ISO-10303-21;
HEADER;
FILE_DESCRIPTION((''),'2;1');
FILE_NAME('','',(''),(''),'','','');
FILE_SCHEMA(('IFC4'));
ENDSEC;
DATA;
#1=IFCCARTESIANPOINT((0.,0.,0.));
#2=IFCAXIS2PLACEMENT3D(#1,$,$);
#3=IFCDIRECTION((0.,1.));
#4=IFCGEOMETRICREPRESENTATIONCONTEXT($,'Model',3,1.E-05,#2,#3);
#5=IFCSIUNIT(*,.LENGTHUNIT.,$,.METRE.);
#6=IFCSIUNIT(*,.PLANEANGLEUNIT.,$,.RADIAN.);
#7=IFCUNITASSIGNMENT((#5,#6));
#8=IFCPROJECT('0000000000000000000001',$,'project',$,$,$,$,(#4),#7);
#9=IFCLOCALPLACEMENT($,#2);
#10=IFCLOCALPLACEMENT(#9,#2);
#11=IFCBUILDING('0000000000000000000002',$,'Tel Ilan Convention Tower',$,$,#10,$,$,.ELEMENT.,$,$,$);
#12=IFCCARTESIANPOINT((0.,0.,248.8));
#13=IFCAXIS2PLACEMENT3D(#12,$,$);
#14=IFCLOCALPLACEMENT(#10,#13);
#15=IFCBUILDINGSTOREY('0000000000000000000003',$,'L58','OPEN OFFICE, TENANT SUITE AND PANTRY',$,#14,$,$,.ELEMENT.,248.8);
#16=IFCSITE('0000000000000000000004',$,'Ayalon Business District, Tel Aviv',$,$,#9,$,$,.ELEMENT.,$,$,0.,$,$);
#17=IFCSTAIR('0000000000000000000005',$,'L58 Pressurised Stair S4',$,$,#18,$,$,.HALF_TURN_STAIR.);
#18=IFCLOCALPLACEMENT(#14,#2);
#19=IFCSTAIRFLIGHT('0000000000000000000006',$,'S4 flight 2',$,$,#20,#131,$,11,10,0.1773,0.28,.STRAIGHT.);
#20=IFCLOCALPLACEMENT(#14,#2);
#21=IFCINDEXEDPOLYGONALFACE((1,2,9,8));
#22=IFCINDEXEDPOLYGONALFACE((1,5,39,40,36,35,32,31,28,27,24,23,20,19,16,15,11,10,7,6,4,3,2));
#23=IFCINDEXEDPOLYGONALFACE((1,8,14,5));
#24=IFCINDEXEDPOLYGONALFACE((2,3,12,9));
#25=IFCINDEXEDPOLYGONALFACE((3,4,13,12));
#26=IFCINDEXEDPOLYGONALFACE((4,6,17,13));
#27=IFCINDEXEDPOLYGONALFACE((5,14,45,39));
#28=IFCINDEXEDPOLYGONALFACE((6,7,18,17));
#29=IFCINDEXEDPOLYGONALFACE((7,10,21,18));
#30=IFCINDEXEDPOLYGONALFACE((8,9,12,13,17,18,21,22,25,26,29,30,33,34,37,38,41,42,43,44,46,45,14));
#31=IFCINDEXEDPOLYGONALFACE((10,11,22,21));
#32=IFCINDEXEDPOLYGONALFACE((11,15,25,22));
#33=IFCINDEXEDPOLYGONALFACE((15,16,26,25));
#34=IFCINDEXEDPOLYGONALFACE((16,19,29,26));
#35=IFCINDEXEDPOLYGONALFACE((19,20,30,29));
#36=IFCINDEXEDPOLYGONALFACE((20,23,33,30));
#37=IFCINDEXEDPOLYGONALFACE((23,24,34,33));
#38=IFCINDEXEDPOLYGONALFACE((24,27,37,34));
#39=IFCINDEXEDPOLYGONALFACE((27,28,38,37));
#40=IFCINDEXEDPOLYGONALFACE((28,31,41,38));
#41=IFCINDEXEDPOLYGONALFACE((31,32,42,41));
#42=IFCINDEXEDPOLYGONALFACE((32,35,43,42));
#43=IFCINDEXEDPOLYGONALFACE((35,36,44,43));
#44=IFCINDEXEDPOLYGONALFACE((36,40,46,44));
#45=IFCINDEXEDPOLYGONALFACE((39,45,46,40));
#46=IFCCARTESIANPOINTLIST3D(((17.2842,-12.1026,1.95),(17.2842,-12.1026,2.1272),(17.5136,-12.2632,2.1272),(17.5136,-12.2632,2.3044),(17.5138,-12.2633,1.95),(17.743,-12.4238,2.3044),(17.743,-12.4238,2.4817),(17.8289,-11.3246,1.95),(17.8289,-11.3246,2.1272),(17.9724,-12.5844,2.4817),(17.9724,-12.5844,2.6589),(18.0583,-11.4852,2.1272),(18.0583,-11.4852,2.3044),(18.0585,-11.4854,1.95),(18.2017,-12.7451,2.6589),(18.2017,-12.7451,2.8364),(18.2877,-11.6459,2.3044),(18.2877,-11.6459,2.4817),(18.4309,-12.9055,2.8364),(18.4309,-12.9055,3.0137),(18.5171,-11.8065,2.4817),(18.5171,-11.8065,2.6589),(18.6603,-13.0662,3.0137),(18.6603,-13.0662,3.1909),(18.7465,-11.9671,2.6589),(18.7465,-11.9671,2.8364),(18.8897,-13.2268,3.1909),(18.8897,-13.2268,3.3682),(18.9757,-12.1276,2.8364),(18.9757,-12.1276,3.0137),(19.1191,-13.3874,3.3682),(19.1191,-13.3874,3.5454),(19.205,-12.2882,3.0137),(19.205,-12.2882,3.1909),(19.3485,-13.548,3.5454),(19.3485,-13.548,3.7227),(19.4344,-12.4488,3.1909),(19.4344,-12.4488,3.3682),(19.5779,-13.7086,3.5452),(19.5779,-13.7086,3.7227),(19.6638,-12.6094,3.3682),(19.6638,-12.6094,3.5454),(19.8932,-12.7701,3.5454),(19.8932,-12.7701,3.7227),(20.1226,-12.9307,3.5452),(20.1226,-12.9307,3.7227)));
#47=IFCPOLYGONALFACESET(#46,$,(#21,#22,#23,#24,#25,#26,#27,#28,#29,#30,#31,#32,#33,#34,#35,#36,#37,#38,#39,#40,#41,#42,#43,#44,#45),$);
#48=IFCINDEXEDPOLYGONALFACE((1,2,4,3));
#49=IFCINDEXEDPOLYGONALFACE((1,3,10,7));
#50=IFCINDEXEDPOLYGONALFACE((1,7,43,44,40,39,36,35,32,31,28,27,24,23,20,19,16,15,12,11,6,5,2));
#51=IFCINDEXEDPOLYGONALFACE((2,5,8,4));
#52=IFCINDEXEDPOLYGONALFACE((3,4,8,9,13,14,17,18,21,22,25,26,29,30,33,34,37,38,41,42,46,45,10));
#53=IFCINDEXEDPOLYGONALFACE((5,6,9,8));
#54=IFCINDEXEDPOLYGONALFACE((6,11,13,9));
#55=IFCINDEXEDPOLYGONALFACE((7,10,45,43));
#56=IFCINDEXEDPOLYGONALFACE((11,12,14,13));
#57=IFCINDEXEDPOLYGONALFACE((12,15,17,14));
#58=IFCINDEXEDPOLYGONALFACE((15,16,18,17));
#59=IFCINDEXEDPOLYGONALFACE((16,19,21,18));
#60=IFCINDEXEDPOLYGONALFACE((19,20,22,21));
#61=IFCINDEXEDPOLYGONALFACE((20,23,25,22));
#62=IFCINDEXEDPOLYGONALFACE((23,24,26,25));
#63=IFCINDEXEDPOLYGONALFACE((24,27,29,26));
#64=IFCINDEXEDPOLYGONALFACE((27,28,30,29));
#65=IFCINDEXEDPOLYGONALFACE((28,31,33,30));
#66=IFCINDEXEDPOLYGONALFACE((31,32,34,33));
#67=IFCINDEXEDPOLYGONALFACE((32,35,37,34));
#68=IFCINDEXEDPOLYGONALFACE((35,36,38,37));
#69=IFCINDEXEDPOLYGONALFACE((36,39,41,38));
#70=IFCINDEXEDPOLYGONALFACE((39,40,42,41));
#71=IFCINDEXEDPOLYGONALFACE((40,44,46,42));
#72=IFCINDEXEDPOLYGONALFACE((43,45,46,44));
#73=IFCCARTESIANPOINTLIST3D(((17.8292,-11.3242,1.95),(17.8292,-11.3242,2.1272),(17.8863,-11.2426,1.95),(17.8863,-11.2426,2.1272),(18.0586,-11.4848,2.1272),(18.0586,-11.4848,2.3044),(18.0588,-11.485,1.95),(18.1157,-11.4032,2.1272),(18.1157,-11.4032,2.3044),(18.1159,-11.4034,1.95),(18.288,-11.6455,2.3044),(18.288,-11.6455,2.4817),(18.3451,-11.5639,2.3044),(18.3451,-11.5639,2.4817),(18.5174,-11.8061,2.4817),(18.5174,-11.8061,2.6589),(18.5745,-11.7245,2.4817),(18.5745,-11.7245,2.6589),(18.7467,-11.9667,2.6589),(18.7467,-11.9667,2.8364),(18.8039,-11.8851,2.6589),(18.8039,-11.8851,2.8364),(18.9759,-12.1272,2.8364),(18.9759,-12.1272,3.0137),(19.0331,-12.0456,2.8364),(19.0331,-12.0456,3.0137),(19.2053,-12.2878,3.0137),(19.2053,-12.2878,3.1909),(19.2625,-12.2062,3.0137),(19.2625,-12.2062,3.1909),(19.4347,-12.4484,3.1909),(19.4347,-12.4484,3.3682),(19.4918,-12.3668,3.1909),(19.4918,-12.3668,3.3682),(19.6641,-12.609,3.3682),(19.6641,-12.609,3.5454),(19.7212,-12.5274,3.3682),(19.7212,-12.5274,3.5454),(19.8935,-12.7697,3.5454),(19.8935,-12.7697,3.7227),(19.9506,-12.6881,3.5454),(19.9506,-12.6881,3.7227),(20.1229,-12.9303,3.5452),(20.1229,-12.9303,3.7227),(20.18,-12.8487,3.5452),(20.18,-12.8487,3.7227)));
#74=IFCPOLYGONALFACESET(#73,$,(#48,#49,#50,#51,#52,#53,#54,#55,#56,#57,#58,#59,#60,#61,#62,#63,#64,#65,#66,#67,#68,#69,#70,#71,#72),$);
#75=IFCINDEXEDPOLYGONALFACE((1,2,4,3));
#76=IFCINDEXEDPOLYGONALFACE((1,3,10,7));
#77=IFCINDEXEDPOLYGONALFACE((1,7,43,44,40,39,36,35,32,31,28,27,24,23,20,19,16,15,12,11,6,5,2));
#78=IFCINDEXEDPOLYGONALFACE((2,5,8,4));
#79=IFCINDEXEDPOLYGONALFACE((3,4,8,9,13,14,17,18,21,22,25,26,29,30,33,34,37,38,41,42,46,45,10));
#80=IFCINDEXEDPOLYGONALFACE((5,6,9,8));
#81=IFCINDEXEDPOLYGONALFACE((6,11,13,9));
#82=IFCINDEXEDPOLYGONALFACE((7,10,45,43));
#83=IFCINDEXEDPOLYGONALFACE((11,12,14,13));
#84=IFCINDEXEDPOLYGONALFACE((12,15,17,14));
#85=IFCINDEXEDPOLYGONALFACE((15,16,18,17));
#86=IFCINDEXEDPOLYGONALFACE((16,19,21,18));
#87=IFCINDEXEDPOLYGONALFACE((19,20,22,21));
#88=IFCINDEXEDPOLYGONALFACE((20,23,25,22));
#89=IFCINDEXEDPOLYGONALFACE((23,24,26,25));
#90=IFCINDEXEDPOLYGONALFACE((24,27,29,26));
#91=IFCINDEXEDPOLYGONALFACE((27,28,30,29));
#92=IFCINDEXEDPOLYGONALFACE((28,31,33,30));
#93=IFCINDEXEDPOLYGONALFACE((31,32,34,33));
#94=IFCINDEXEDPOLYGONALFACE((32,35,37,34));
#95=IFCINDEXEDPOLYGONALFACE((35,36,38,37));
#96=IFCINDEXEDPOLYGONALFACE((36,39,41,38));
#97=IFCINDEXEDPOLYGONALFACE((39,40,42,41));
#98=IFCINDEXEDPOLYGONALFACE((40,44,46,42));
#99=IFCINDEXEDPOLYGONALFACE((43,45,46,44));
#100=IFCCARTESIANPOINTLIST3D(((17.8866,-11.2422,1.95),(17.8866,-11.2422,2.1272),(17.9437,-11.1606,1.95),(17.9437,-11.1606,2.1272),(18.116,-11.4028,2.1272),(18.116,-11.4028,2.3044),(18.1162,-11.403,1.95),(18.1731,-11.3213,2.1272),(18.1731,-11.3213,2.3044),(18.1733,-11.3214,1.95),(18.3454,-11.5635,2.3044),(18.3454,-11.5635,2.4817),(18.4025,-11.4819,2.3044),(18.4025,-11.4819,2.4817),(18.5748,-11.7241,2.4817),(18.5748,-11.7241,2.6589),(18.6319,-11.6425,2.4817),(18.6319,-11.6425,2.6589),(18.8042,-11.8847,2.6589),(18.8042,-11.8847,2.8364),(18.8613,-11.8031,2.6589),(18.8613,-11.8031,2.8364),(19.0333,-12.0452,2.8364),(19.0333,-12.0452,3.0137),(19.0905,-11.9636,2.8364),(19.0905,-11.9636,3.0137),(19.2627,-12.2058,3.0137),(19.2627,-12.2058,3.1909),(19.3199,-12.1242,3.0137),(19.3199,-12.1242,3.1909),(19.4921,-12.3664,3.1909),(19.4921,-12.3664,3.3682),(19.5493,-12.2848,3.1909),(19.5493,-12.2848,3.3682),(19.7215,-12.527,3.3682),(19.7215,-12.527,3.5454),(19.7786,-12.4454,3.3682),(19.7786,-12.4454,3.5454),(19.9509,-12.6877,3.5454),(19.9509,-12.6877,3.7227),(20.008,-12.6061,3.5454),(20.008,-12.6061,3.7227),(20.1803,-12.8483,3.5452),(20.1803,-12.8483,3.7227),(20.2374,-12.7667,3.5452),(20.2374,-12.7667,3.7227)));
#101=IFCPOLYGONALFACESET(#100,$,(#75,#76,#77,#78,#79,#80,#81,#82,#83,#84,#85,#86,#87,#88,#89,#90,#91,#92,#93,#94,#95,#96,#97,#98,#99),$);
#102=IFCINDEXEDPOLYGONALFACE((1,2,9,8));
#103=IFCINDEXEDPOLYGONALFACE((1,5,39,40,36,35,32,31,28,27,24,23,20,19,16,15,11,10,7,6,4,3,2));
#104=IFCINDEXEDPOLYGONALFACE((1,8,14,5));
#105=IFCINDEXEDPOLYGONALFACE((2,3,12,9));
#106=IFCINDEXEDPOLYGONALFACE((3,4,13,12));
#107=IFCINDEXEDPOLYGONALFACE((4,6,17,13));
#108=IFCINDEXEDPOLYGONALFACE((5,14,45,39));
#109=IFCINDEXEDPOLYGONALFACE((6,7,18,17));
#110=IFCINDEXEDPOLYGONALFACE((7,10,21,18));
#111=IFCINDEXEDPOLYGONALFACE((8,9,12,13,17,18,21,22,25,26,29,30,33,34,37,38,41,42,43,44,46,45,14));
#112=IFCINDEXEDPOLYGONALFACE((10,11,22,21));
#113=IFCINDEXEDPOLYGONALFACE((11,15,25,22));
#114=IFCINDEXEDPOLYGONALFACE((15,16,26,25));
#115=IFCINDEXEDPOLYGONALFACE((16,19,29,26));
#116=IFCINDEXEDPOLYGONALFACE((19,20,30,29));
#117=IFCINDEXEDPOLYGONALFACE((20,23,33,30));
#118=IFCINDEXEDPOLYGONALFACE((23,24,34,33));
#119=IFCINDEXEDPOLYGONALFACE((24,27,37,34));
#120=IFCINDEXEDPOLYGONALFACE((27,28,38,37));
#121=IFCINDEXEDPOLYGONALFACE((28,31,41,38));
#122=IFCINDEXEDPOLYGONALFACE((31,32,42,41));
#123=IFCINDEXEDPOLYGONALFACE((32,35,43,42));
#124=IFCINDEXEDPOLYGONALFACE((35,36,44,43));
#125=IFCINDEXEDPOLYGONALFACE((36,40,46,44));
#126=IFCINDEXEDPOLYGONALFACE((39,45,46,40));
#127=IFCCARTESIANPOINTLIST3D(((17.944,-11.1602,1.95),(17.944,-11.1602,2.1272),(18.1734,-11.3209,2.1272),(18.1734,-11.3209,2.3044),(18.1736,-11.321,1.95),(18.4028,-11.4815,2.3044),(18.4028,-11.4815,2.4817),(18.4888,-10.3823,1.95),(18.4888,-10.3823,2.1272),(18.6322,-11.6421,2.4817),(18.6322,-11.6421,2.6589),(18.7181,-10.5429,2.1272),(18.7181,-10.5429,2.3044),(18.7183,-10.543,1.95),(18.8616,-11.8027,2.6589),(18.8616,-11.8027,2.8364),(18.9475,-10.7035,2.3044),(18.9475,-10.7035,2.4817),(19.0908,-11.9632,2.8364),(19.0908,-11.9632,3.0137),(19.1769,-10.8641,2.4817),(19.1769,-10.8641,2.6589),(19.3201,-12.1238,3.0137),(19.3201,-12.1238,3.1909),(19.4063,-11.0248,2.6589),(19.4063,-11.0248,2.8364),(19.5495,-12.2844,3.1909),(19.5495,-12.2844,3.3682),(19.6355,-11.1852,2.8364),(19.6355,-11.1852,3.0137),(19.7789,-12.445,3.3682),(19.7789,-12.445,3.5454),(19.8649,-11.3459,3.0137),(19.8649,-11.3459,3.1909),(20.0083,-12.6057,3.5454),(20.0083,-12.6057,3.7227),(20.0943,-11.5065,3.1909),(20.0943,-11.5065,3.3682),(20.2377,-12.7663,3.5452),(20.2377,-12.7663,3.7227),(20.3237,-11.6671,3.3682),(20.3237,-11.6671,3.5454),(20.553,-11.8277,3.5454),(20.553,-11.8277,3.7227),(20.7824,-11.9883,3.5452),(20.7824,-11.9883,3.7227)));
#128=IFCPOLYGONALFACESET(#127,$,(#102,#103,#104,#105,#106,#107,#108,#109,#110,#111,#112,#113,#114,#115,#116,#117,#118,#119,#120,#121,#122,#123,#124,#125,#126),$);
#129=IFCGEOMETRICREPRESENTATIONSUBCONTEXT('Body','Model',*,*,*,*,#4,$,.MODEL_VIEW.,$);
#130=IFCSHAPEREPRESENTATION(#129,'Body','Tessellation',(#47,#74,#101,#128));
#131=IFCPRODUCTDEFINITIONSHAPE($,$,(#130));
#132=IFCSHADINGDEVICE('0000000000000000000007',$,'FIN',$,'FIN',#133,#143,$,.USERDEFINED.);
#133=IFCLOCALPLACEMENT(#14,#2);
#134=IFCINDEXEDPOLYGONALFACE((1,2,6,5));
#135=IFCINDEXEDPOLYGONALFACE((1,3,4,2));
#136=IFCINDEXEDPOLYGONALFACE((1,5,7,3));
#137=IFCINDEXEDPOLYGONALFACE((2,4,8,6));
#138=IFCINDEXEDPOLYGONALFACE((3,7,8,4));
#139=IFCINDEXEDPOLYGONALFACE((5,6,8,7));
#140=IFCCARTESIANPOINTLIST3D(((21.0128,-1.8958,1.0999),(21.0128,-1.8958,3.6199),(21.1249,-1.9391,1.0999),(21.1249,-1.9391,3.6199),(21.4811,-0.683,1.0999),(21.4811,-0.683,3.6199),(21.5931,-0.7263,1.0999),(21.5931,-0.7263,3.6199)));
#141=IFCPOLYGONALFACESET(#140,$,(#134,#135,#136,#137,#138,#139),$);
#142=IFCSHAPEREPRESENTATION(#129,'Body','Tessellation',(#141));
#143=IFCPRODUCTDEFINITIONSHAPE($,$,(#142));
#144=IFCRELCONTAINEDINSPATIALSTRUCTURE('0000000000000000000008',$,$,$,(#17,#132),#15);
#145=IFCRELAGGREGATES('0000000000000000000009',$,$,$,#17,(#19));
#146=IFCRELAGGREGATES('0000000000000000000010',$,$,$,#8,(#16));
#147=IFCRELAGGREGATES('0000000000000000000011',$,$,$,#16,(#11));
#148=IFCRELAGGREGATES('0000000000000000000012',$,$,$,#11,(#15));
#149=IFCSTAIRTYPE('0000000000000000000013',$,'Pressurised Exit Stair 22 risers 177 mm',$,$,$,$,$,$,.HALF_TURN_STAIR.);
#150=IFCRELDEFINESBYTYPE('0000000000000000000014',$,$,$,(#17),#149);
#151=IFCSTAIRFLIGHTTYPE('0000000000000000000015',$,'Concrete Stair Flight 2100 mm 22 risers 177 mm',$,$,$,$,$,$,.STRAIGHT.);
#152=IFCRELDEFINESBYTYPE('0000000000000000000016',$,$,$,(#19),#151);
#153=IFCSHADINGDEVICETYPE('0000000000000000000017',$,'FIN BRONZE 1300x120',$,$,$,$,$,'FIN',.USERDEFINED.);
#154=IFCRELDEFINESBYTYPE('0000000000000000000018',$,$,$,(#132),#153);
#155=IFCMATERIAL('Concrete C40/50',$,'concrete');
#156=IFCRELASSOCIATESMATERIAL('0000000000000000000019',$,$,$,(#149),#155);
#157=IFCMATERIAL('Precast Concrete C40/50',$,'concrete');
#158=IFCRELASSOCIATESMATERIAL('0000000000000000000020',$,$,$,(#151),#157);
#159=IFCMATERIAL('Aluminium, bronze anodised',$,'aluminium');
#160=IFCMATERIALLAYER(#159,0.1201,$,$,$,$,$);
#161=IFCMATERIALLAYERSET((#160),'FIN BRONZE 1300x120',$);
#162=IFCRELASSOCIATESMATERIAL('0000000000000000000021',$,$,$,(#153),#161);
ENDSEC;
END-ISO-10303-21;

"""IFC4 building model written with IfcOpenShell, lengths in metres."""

from ifc_helpers import new_model, si_unit, direction, frame, origin, origin_2d, place, context, subcontext, project, spatial, polyline, rectangle, outline, extrude, material, layer, layer_set, type_object, element, aggregate, save


model = new_model("IFC4")

# Units and contexts
model_context = context("Model", 3, precision=1e-05, world=origin(), true_north=direction((0.0, 1.0)))
body_context = subcontext(model_context, "Body", "Model", "MODEL_VIEW")
ifc_project = project(units=[si_unit("LENGTHUNIT", "METRE"), si_unit("PLANEANGLEUNIT", "RADIAN")], contexts=[model_context])

# Site, building, storey
site_placement = place(None, origin())
site = spatial("IfcSite", under=ifc_project, at=site_placement, Name="Ayalon Business District, Tel Aviv", CompositionType="ELEMENT", RefElevation=0.0)
building_placement = place(site_placement, origin())
building = spatial("IfcBuilding", under=site, at=building_placement, Name="Tel Ilan Convention Tower", CompositionType="ELEMENT")
storey_placement = place(building_placement, frame((0.0, 0.0, 248.8)))
storey = spatial("IfcBuildingStorey", under=building, at=storey_placement, Name="L58", Description="OPEN OFFICE, TENANT SUITE AND PANTRY", CompositionType="ELEMENT", Elevation=248.8)

# Shared definitions
ifc_material_1 = material(Name="Concrete C40/50", Category="concrete")
stair_type = type_object("IfcStairType", Name="Pressurised Exit Stair 22 risers 177 mm", PredefinedType="HALF_TURN_STAIR", material=ifc_material_1)
ifc_material_2 = material(Name="Precast Concrete C40/50", Category="concrete")
stair_flight_type = type_object("IfcStairFlightType", Name="Concrete Stair Flight 2100 mm 22 risers 177 mm", PredefinedType="STRAIGHT", material=ifc_material_2)

# Stair, stair flight
stair_1_placement = place(storey_placement, origin())
stair_1 = element("IfcStair", 1, at=stair_1_placement, inside=storey, type_object=stair_type, Name="L58 Pressurised Stair S4", PredefinedType="HALF_TURN_STAIR")
stair_flight_1_placement = place(storey_placement, frame((17.8865, -11.2424, 1.95), z_axis=(0.0, 0.0, 1.0), x_axis=(0.819152, -0.573576, 0.0)))
stair_flight_1 = element("IfcStairFlight", 2, at=stair_flight_1_placement, type_object=stair_flight_type, Name="S4 flight 2", NumberOfRisers=11, NumberOfTreads=10, PredefinedType="STRAIGHT", RiserHeight=0.1773, TreadLength=0.28, context=body_context, shape_type="SweptSolid", body=[
    extrude(outline(polyline([(0.0, 0.0), (0.0, 0.1772), (0.28, 0.1772), (0.28, 0.3545), (0.5601, 0.3545), (0.5601, 0.5317), (0.8401, 0.5317), (0.8401, 0.709), (1.1201, 0.709), (1.1201, 0.8865), (1.3999, 0.8865), (1.3999, 1.0637), (1.6799, 1.0637), (1.6799, 1.241), (1.96, 1.241), (1.96, 1.4182), (2.24, 1.4182), (2.24, 1.5955), (2.52, 1.5955), (2.52, 1.7727), (2.8, 1.7727), (2.8, 1.95), (2.8, 1.5952), (0.2803, 0.0), (0.0, 0.0)])), frame((0.0, -0.1003, 0.0), z_axis=(0.0, -1.0, 0.0), x_axis=(1.0, 0.0, 0.0)), (0.0, 0.0, 1.0), 0.9497),
    extrude(outline(polyline([(0.0, 0.0), (0.0, 0.1772), (0.28, 0.1772), (0.28, 0.3545), (0.5601, 0.3545), (0.5601, 0.5317), (0.8401, 0.5317), (0.8401, 0.709), (1.1201, 0.709), (1.1201, 0.8865), (1.3999, 0.8865), (1.3999, 1.0637), (1.6799, 1.0637), (1.6799, 1.241), (1.96, 1.241), (1.96, 1.4182), (2.24, 1.4182), (2.24, 1.5955), (2.52, 1.5955), (2.52, 1.7727), (2.8, 1.7727), (2.8, 1.95), (2.8, 1.5952), (0.2803, 0.0), (0.0, 0.0)])), frame((0.0, -0.0002, 0.0), z_axis=(0.0, -1.0, 0.0), x_axis=(1.0, 0.0, 0.0)), (0.0, 0.0, 1.0), 0.0996),
    extrude(outline(polyline([(0.0, 0.0), (0.0, 0.1772), (0.28, 0.1772), (0.28, 0.3545), (0.5601, 0.3545), (0.5601, 0.5317), (0.8401, 0.5317), (0.8401, 0.709), (1.1201, 0.709), (1.1201, 0.8865), (1.3999, 0.8865), (1.3999, 1.0637), (1.6799, 1.0637), (1.6799, 1.241), (1.96, 1.241), (1.96, 1.4182), (2.24, 1.4182), (2.24, 1.5955), (2.52, 1.5955), (2.52, 1.7727), (2.8, 1.7727), (2.8, 1.95), (2.8, 1.5952), (0.2803, 0.0), (0.0, 0.0)])), frame((0.0, 0.0999, 0.0), z_axis=(0.0, -1.0, 0.0), x_axis=(1.0, 0.0, 0.0)), (0.0, 0.0, 1.0), 0.0996),
    extrude(outline(polyline([(0.0, 0.0), (0.0, 0.1772), (0.28, 0.1772), (0.28, 0.3545), (0.5601, 0.3545), (0.5601, 0.5317), (0.8401, 0.5317), (0.8401, 0.709), (1.1201, 0.709), (1.1201, 0.8865), (1.3999, 0.8865), (1.3999, 1.0637), (1.6799, 1.0637), (1.6799, 1.241), (1.96, 1.241), (1.96, 1.4182), (2.24, 1.4182), (2.24, 1.5955), (2.52, 1.5955), (2.52, 1.7727), (2.8, 1.7727), (2.8, 1.95), (2.8, 1.5952), (0.2803, 0.0), (0.0, 0.0)])), frame((0.0, 1.05, 0.0), z_axis=(0.0, -1.0, 0.0), x_axis=(1.0, 0.0, 0.0)), (0.0, 0.0, 1.0), 0.9497),
])
aggregate(stair_1, [stair_flight_1])

# Shading device
ifc_material_3 = material(Name="Aluminium, bronze anodised", Category="aluminium")
ifc_layer_1 = layer(ifc_material_3, 0.1201)
ifc_layer_set_1 = layer_set([ifc_layer_1], Name="FIN BRONZE 1300x120")
shading_device_type = type_object("IfcShadingDeviceType", Name="FIN BRONZE 1300x120", ElementType="FIN", PredefinedType="USERDEFINED", material=ifc_layer_set_1)
shading_device_placement = place(storey_placement, frame((21.303, -1.311, 1.0999), z_axis=(0.0, 0.0, 1.0), x_axis=(0.360178, 0.932884, 0.0)))
element("IfcShadingDevice", 3, at=shading_device_placement, inside=storey, type_object=shading_device_type, Name="FIN", ObjectType="FIN", PredefinedType="USERDEFINED", context=body_context, shape_type="SweptSolid", body=[
    extrude(rectangle(XDim=1.3, YDim=0.1201, at=origin_2d()), origin(), (0.0, 0.0, 1.0), 2.52),
])

save(model, "model.ifc")
